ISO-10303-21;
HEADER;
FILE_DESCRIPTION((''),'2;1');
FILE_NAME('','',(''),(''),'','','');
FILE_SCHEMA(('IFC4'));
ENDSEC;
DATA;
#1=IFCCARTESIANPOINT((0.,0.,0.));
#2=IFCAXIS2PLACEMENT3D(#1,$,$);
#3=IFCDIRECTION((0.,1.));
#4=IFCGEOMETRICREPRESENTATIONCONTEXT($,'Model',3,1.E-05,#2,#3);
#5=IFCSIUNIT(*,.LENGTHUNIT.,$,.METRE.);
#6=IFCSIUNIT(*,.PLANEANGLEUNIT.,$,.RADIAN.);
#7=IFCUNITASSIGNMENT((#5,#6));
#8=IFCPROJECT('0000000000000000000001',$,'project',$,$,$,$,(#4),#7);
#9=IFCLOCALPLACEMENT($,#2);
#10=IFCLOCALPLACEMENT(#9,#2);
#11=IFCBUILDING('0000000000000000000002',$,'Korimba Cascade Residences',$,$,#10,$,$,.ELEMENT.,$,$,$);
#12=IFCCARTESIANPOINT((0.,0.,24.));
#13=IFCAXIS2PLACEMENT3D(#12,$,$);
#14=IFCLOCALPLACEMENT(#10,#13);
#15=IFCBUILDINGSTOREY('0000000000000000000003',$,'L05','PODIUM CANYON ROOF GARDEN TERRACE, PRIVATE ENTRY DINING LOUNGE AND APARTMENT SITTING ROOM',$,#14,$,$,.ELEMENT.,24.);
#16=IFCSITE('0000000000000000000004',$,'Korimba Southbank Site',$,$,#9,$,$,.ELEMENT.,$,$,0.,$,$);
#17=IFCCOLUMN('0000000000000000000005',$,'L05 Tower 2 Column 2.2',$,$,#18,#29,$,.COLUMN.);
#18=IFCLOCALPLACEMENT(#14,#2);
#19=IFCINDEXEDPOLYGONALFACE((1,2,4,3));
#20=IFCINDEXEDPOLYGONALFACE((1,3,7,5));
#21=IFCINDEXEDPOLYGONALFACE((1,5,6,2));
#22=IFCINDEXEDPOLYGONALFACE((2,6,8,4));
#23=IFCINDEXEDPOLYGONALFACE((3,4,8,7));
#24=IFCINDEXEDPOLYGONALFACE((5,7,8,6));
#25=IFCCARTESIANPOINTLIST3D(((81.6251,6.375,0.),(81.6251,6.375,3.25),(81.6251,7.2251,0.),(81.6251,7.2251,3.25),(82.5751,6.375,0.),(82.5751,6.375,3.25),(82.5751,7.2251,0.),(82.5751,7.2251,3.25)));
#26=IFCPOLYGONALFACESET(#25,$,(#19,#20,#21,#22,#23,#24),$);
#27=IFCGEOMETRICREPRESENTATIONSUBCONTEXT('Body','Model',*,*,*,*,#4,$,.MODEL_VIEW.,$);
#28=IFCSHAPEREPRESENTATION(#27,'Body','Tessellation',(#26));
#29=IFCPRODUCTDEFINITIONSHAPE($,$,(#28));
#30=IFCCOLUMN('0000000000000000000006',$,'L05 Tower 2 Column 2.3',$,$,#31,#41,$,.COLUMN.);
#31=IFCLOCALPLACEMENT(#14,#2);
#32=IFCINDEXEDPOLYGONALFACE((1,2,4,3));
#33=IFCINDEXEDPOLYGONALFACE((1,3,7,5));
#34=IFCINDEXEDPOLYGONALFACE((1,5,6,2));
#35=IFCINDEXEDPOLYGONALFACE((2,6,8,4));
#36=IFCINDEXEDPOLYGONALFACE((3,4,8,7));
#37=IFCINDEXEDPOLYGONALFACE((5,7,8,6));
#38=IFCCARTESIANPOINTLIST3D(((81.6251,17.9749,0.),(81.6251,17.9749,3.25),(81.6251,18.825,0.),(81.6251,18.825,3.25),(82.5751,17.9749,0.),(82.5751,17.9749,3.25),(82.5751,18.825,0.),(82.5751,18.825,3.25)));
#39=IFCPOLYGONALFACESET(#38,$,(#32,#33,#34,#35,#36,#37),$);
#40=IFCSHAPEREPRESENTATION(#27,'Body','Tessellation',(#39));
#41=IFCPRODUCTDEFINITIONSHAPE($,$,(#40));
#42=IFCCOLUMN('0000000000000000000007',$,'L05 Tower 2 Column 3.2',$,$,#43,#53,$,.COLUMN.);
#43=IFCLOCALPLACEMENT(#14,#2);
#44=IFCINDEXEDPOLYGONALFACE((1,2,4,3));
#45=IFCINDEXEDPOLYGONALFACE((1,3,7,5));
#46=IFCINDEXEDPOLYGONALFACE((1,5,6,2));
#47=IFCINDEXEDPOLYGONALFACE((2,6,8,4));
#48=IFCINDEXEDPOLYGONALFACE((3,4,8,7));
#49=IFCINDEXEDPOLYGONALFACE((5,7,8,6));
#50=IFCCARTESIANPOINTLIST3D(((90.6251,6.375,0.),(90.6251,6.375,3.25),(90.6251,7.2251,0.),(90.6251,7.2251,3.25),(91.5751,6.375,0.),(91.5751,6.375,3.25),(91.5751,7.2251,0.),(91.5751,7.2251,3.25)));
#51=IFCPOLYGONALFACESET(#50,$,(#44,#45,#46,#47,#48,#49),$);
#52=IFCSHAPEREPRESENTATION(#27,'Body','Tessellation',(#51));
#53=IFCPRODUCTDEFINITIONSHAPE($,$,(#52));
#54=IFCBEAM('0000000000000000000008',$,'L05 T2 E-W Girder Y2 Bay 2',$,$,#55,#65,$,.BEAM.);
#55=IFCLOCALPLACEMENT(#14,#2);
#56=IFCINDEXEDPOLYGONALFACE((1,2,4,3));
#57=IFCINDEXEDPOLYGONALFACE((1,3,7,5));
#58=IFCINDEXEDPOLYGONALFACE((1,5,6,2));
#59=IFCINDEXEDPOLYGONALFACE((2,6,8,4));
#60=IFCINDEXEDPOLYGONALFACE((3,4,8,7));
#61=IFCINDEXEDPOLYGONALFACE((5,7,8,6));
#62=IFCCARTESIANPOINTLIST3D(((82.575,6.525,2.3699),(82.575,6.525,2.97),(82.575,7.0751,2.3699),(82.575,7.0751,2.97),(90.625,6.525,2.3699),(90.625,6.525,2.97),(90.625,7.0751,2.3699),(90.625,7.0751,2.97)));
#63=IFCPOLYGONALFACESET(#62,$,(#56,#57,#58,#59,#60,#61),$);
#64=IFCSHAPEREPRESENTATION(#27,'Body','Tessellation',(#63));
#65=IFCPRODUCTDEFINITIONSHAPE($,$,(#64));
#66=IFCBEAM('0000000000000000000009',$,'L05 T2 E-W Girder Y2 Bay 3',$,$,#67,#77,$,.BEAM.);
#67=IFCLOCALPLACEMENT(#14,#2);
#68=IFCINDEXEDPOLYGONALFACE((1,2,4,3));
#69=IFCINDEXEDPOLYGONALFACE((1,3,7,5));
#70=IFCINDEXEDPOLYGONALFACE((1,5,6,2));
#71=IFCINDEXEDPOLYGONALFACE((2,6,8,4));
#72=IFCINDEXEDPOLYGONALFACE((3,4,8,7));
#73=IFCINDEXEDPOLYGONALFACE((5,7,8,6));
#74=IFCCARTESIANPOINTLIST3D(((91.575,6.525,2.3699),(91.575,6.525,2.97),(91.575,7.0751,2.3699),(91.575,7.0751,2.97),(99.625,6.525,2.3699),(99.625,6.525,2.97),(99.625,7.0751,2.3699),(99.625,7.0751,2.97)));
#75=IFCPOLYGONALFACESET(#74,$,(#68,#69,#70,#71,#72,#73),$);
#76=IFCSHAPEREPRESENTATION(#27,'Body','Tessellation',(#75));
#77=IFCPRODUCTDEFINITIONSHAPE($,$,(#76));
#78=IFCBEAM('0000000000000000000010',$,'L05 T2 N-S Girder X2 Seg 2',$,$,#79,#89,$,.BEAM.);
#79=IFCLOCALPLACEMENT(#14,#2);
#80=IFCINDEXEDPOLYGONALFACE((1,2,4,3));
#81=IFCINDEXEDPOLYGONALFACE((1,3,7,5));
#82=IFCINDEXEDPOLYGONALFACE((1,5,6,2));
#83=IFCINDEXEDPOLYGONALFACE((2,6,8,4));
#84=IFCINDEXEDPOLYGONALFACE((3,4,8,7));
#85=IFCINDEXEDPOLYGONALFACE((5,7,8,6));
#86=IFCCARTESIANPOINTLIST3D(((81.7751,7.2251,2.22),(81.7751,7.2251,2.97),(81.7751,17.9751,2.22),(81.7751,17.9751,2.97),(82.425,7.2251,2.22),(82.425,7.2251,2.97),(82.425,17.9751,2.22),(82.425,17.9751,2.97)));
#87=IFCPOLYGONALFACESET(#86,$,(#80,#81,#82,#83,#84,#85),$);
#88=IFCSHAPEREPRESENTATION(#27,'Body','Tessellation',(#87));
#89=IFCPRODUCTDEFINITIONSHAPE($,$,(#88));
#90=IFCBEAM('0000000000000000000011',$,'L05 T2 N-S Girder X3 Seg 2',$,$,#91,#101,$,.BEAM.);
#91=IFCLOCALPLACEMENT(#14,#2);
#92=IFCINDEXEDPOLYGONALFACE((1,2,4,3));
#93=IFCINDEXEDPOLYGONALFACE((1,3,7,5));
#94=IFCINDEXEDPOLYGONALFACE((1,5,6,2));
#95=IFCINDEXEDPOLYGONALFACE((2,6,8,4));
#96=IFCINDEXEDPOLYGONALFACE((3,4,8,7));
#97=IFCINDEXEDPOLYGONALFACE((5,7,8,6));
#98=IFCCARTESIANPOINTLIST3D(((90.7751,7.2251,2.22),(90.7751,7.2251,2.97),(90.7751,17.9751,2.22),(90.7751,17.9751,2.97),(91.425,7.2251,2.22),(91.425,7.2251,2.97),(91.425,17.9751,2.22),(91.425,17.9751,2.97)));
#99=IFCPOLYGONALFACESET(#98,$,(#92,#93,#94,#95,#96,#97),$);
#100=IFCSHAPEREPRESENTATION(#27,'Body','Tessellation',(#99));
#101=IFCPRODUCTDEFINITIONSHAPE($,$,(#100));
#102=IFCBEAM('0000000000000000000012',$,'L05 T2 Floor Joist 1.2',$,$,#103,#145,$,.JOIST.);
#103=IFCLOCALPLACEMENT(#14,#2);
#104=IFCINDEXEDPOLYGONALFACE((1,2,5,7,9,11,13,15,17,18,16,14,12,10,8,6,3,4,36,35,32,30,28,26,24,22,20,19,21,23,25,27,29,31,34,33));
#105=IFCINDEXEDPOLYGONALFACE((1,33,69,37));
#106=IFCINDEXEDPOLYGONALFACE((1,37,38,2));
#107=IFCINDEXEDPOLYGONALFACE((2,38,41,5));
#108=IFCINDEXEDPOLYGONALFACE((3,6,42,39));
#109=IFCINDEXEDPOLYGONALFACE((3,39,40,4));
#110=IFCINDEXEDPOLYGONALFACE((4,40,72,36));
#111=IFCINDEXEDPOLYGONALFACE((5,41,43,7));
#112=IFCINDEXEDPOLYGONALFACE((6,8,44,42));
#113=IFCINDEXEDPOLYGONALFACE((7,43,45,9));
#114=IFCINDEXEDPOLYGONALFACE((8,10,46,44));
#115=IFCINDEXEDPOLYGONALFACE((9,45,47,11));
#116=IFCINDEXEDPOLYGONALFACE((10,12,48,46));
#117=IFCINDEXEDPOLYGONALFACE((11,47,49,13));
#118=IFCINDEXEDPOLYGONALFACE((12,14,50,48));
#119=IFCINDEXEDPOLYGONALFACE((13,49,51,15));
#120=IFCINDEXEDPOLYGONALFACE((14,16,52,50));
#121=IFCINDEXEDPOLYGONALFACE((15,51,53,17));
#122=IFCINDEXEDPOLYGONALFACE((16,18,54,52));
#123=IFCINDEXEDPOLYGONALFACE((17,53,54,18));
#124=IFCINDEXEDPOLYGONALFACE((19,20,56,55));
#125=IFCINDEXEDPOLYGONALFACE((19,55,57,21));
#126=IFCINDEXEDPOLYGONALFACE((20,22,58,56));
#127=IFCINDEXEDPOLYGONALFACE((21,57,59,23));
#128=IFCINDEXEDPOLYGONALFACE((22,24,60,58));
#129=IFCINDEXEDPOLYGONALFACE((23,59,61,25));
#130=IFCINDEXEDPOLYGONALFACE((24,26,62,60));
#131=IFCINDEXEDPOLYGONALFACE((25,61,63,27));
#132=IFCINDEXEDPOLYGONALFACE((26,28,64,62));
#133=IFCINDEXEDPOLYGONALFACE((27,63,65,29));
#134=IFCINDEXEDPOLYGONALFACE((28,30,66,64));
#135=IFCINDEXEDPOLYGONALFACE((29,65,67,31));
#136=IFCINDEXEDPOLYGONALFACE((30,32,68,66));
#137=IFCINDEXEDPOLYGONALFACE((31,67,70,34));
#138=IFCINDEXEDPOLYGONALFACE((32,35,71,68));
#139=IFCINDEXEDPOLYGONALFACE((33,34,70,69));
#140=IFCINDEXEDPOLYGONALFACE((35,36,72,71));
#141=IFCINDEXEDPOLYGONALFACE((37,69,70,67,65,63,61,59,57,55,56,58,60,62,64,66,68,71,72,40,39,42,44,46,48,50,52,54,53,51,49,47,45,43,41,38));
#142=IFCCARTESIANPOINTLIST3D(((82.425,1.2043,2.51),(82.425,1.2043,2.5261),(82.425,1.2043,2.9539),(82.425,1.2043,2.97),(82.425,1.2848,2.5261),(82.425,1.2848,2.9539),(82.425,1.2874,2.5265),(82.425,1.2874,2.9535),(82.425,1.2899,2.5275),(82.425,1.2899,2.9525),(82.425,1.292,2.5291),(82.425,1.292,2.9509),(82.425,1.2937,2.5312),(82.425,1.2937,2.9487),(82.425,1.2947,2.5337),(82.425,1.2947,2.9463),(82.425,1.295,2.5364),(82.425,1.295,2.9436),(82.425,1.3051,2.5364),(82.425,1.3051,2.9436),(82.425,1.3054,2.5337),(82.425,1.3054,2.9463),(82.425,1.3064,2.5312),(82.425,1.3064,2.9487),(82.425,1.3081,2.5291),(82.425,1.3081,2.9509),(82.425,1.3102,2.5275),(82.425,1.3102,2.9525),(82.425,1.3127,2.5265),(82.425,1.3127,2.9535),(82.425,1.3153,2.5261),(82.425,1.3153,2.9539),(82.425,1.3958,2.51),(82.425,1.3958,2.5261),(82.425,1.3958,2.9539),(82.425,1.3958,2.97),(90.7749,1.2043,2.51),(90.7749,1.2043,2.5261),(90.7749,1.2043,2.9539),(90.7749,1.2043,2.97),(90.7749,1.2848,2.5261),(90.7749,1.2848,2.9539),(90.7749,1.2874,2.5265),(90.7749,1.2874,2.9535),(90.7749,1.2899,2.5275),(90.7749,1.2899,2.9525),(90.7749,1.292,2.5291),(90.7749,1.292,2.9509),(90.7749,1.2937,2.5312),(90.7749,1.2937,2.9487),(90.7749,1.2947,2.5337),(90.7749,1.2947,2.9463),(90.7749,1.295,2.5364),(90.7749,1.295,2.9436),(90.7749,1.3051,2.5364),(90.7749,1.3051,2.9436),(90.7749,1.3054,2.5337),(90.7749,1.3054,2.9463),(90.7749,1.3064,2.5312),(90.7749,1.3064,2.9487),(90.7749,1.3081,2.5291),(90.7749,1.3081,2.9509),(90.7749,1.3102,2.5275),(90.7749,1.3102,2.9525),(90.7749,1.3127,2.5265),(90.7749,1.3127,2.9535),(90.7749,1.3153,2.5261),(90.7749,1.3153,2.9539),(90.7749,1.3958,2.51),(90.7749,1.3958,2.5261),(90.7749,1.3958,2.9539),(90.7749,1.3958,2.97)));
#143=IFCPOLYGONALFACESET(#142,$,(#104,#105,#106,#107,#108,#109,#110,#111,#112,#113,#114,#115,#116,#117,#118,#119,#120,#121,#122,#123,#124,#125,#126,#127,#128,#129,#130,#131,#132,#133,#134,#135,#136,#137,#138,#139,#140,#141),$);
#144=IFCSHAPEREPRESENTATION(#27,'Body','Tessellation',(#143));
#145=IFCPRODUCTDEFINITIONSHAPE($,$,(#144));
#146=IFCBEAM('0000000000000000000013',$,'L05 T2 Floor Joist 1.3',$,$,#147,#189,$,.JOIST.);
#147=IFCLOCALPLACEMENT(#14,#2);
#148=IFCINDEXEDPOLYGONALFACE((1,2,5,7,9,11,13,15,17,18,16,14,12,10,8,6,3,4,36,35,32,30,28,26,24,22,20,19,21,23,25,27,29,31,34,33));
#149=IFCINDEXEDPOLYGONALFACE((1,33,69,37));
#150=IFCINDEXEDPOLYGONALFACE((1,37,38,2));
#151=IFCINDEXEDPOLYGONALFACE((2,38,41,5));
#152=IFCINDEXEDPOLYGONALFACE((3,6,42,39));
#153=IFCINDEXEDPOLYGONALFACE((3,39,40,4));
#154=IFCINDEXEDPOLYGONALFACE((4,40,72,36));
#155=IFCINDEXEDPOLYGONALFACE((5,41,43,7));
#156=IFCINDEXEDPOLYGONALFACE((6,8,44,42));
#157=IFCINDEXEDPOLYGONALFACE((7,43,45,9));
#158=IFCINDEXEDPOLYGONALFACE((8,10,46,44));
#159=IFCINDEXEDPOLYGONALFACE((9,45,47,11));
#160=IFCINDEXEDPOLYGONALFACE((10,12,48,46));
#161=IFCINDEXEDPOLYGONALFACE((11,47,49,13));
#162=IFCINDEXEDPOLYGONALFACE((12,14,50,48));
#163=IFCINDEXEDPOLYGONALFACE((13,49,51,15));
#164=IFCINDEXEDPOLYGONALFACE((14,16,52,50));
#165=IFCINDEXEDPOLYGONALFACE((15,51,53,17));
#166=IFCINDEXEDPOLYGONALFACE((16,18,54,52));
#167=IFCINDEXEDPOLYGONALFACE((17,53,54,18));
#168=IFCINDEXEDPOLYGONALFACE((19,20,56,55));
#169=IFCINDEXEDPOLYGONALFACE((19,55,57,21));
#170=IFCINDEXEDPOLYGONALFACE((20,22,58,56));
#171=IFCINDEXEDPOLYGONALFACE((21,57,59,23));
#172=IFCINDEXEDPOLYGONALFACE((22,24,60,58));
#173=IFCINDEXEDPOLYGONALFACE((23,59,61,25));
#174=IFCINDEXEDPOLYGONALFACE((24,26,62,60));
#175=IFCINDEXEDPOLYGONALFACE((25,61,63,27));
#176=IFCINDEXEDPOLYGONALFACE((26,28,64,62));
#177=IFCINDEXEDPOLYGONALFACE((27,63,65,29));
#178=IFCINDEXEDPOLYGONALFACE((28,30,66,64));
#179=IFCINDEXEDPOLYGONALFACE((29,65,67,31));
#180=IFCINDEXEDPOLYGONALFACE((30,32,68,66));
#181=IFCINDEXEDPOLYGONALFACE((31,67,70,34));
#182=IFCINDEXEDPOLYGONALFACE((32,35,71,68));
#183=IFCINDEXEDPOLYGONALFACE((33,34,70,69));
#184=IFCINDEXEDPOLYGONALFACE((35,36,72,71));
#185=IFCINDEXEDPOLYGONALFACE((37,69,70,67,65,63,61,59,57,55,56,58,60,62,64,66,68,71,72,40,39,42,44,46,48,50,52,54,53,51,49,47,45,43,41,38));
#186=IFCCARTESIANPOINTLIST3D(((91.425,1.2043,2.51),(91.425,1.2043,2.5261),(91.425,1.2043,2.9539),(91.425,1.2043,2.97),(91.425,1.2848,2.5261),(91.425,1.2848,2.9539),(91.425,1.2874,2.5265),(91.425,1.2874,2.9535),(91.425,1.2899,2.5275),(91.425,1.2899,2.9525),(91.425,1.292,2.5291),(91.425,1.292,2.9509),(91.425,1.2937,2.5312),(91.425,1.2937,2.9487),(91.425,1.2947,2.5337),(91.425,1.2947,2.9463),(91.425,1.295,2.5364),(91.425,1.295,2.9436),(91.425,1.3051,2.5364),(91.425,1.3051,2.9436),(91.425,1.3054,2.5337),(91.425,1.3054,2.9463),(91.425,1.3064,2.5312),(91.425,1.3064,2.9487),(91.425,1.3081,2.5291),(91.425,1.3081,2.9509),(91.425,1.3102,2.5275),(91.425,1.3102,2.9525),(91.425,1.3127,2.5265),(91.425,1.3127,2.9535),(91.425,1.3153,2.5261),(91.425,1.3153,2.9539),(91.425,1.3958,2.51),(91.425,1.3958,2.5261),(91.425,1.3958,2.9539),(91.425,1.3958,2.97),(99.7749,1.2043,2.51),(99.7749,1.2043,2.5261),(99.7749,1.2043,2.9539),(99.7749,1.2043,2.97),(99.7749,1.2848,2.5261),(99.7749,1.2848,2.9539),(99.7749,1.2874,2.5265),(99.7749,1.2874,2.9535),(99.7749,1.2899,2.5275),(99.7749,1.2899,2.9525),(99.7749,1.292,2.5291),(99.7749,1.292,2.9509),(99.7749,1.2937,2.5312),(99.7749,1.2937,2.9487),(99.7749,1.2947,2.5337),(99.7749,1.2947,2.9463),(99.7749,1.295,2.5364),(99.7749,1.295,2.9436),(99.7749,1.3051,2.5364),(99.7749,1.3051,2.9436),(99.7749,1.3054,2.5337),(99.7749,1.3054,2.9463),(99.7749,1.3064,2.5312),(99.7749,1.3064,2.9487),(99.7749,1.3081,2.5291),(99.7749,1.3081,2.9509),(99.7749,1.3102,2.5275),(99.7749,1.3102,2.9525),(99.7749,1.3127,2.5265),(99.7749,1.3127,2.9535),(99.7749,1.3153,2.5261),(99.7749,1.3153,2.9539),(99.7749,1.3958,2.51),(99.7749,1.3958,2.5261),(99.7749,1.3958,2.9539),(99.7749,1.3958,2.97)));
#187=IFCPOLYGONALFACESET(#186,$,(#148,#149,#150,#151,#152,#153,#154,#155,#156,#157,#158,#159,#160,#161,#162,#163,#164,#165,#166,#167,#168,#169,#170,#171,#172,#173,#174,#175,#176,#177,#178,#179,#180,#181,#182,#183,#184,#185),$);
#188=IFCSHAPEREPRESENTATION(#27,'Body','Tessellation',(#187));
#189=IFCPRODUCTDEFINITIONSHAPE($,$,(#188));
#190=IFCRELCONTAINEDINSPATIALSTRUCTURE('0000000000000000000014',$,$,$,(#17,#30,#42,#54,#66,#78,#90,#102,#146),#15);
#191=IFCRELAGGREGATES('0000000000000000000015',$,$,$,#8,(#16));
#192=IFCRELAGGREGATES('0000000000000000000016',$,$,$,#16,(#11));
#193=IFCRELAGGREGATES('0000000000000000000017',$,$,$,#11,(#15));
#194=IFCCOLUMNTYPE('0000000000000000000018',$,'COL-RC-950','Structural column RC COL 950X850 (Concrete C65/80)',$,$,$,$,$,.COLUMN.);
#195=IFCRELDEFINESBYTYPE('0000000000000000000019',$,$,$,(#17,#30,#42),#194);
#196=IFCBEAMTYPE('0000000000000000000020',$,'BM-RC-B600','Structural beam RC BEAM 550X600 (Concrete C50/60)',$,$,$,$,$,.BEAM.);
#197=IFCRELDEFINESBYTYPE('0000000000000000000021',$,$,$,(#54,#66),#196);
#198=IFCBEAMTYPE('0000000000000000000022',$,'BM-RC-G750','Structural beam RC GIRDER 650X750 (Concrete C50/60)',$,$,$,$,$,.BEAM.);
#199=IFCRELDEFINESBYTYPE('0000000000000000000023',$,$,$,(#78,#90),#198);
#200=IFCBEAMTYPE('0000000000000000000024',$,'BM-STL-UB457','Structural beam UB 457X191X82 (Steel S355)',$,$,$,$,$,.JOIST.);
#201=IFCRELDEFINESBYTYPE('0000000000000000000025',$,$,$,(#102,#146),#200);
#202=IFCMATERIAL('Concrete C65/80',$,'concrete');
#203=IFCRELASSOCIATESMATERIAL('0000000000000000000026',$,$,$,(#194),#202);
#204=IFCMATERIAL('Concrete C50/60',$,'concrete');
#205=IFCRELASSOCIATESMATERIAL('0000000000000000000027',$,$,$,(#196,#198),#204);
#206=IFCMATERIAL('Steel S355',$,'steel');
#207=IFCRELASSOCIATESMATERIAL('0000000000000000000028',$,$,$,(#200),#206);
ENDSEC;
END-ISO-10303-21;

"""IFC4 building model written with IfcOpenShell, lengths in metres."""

from ifc_helpers import new_model, si_unit, direction, frame, origin, origin_2d, place, context, subcontext, project, spatial, rectangle, i_section, extrude, material, material_profile, profile_set, type_object, element, save


model = new_model("IFC4")

# Units and contexts
model_context = context("Model", 3, precision=1e-05, world=origin(), true_north=direction((0.0, 1.0)))
body_context = subcontext(model_context, "Body", "Model", "MODEL_VIEW")
ifc_project = project(units=[si_unit("LENGTHUNIT", "METRE"), si_unit("PLANEANGLEUNIT", "RADIAN")], contexts=[model_context])

# Site, building, storey
site_placement = place(None, origin())
site = spatial("IfcSite", under=ifc_project, at=site_placement, Name="Korimba Southbank Site", CompositionType="ELEMENT", RefElevation=0.0)
building_placement = place(site_placement, origin())
building = spatial("IfcBuilding", under=site, at=building_placement, Name="Korimba Cascade Residences", CompositionType="ELEMENT")
storey_placement = place(building_placement, frame((0.0, 0.0, 24.0)))
storey = spatial("IfcBuildingStorey", under=building, at=storey_placement, Name="L05", Description="PODIUM CANYON ROOF GARDEN TERRACE, PRIVATE ENTRY DINING LOUNGE AND APARTMENT SITTING ROOM", CompositionType="ELEMENT", Elevation=24.0)

# Columns
ifc_material_1 = material(Name="Concrete C65/80", Category="concrete")
ifc_material_profile_1 = material_profile(ifc_material_1, rectangle(XDim=0.95, YDim=0.8501, at=origin_2d()), Name="Concrete C65/80")
ifc_profile_set_1 = profile_set([ifc_material_profile_1], Name="Concrete C65/80")
column_type = type_object("IfcColumnType", Name="COL-RC-950", Description="Structural column RC COL 950X850 (Concrete C65/80)", PredefinedType="COLUMN", material=ifc_profile_set_1)
for number, where, z_axis, x_axis, name in (
    (1, (82.1001, 6.8, 0.0), (0.0, 0.0, 1.0), (1.0, 0.0, 0.0), "L05 Tower 2 Column 2.2"),
    (2, (82.1001, 18.3999, 0.0), (0.0, 0.0, 1.0), (1.0, 0.0, 0.0), "L05 Tower 2 Column 2.3"),
    (3, (91.1001, 6.8, 0.0), (0.0, 0.0, 1.0), (1.0, 0.0, 0.0), "L05 Tower 2 Column 3.2"),
):
    element("IfcColumn", number, at=place(storey_placement, frame(where, z_axis=z_axis, x_axis=x_axis)), inside=storey, type_object=column_type, Name=name, PredefinedType="COLUMN", context=body_context, shape_type="SweptSolid", body=[
        extrude(rectangle(XDim=0.95, YDim=0.8501, at=origin_2d()), origin(), (0.0, 0.0, 1.0), 3.25),
    ])

# Beams
ifc_material_2 = material(Name="Concrete C50/60", Category="concrete")
ifc_material_profile_2 = material_profile(ifc_material_2, rectangle(XDim=0.55, YDim=0.6001, at=origin_2d()), Name="Concrete C50/60")
ifc_profile_set_2 = profile_set([ifc_material_profile_2], Name="Concrete C50/60")
beam_type_1 = type_object("IfcBeamType", Name="BM-RC-B600", Description="Structural beam RC BEAM 550X600 (Concrete C50/60)", PredefinedType="BEAM", material=ifc_profile_set_2)
for number, where, z_axis, x_axis, name in (
    (4, (82.575, 6.8, 2.6699), (1.0, 0.0, 0.0), (0.0, 1.0, 0.0), "L05 T2 E-W Girder Y2 Bay 2"),
    (5, (91.575, 6.8, 2.6699), (1.0, 0.0, 0.0), (0.0, 1.0, 0.0), "L05 T2 E-W Girder Y2 Bay 3"),
):
    element("IfcBeam", number, at=place(storey_placement, frame(where, z_axis=z_axis, x_axis=x_axis)), inside=storey, type_object=beam_type_1, Name=name, PredefinedType="BEAM", context=body_context, shape_type="SweptSolid", body=[
        extrude(rectangle(XDim=0.55, YDim=0.6001, at=origin_2d()), origin(), (0.0, 0.0, 1.0), 8.05),
    ])
ifc_material_profile_3 = material_profile(ifc_material_2, rectangle(XDim=0.6499, YDim=0.75, at=origin_2d()), Name="Concrete C50/60")
ifc_profile_set_3 = profile_set([ifc_material_profile_3], Name="Concrete C50/60")
beam_type_2 = type_object("IfcBeamType", Name="BM-RC-G750", Description="Structural beam RC GIRDER 650X750 (Concrete C50/60)", PredefinedType="BEAM", material=ifc_profile_set_3)
for number, where, z_axis, x_axis, name in (
    (6, (82.1001, 7.2251, 2.595), (0.0, 1.0, 0.0), (-1.0, 0.0, 0.0), "L05 T2 N-S Girder X2 Seg 2"),
    (7, (91.1001, 7.2251, 2.595), (0.0, 1.0, 0.0), (-1.0, 0.0, 0.0), "L05 T2 N-S Girder X3 Seg 2"),
):
    element("IfcBeam", number, at=place(storey_placement, frame(where, z_axis=z_axis, x_axis=x_axis)), inside=storey, type_object=beam_type_2, Name=name, PredefinedType="BEAM", context=body_context, shape_type="SweptSolid", body=[
        extrude(rectangle(XDim=0.6499, YDim=0.75, at=origin_2d()), origin(), (0.0, 0.0, 1.0), 10.75),
    ])
ifc_material_3 = material(Name="Steel S355", Category="steel")
ifc_material_profile_4 = material_profile(ifc_material_3, i_section(OverallWidth=0.1914, OverallDepth=0.46, WebThickness=0.01, FlangeThickness=0.0161, FilletRadius=0.0103, at=origin_2d()), Name="Steel S355")
ifc_profile_set_4 = profile_set([ifc_material_profile_4], Name="Steel S355")
beam_type_3 = type_object("IfcBeamType", Name="BM-STL-UB457", Description="Structural beam UB 457X191X82 (Steel S355)", PredefinedType="JOIST", material=ifc_profile_set_4)
for number, where, z_axis, x_axis, name in (
    (8, (82.425, 1.3, 2.74), (1.0, 0.0, 0.0), (0.0, 1.0, 0.0), "L05 T2 Floor Joist 1.2"),
    (9, (91.425, 1.3, 2.74), (1.0, 0.0, 0.0), (0.0, 1.0, 0.0), "L05 T2 Floor Joist 1.3"),
):
    element("IfcBeam", number, at=place(storey_placement, frame(where, z_axis=z_axis, x_axis=x_axis)), inside=storey, type_object=beam_type_3, Name=name, PredefinedType="JOIST", context=body_context, shape_type="SweptSolid", body=[
        extrude(i_section(OverallWidth=0.1914, OverallDepth=0.46, WebThickness=0.01, FlangeThickness=0.0161, FilletRadius=0.0103, at=origin_2d()), origin(), (0.0, 0.0, 1.0), 8.3499),
    ])

save(model, "model.ifc")
